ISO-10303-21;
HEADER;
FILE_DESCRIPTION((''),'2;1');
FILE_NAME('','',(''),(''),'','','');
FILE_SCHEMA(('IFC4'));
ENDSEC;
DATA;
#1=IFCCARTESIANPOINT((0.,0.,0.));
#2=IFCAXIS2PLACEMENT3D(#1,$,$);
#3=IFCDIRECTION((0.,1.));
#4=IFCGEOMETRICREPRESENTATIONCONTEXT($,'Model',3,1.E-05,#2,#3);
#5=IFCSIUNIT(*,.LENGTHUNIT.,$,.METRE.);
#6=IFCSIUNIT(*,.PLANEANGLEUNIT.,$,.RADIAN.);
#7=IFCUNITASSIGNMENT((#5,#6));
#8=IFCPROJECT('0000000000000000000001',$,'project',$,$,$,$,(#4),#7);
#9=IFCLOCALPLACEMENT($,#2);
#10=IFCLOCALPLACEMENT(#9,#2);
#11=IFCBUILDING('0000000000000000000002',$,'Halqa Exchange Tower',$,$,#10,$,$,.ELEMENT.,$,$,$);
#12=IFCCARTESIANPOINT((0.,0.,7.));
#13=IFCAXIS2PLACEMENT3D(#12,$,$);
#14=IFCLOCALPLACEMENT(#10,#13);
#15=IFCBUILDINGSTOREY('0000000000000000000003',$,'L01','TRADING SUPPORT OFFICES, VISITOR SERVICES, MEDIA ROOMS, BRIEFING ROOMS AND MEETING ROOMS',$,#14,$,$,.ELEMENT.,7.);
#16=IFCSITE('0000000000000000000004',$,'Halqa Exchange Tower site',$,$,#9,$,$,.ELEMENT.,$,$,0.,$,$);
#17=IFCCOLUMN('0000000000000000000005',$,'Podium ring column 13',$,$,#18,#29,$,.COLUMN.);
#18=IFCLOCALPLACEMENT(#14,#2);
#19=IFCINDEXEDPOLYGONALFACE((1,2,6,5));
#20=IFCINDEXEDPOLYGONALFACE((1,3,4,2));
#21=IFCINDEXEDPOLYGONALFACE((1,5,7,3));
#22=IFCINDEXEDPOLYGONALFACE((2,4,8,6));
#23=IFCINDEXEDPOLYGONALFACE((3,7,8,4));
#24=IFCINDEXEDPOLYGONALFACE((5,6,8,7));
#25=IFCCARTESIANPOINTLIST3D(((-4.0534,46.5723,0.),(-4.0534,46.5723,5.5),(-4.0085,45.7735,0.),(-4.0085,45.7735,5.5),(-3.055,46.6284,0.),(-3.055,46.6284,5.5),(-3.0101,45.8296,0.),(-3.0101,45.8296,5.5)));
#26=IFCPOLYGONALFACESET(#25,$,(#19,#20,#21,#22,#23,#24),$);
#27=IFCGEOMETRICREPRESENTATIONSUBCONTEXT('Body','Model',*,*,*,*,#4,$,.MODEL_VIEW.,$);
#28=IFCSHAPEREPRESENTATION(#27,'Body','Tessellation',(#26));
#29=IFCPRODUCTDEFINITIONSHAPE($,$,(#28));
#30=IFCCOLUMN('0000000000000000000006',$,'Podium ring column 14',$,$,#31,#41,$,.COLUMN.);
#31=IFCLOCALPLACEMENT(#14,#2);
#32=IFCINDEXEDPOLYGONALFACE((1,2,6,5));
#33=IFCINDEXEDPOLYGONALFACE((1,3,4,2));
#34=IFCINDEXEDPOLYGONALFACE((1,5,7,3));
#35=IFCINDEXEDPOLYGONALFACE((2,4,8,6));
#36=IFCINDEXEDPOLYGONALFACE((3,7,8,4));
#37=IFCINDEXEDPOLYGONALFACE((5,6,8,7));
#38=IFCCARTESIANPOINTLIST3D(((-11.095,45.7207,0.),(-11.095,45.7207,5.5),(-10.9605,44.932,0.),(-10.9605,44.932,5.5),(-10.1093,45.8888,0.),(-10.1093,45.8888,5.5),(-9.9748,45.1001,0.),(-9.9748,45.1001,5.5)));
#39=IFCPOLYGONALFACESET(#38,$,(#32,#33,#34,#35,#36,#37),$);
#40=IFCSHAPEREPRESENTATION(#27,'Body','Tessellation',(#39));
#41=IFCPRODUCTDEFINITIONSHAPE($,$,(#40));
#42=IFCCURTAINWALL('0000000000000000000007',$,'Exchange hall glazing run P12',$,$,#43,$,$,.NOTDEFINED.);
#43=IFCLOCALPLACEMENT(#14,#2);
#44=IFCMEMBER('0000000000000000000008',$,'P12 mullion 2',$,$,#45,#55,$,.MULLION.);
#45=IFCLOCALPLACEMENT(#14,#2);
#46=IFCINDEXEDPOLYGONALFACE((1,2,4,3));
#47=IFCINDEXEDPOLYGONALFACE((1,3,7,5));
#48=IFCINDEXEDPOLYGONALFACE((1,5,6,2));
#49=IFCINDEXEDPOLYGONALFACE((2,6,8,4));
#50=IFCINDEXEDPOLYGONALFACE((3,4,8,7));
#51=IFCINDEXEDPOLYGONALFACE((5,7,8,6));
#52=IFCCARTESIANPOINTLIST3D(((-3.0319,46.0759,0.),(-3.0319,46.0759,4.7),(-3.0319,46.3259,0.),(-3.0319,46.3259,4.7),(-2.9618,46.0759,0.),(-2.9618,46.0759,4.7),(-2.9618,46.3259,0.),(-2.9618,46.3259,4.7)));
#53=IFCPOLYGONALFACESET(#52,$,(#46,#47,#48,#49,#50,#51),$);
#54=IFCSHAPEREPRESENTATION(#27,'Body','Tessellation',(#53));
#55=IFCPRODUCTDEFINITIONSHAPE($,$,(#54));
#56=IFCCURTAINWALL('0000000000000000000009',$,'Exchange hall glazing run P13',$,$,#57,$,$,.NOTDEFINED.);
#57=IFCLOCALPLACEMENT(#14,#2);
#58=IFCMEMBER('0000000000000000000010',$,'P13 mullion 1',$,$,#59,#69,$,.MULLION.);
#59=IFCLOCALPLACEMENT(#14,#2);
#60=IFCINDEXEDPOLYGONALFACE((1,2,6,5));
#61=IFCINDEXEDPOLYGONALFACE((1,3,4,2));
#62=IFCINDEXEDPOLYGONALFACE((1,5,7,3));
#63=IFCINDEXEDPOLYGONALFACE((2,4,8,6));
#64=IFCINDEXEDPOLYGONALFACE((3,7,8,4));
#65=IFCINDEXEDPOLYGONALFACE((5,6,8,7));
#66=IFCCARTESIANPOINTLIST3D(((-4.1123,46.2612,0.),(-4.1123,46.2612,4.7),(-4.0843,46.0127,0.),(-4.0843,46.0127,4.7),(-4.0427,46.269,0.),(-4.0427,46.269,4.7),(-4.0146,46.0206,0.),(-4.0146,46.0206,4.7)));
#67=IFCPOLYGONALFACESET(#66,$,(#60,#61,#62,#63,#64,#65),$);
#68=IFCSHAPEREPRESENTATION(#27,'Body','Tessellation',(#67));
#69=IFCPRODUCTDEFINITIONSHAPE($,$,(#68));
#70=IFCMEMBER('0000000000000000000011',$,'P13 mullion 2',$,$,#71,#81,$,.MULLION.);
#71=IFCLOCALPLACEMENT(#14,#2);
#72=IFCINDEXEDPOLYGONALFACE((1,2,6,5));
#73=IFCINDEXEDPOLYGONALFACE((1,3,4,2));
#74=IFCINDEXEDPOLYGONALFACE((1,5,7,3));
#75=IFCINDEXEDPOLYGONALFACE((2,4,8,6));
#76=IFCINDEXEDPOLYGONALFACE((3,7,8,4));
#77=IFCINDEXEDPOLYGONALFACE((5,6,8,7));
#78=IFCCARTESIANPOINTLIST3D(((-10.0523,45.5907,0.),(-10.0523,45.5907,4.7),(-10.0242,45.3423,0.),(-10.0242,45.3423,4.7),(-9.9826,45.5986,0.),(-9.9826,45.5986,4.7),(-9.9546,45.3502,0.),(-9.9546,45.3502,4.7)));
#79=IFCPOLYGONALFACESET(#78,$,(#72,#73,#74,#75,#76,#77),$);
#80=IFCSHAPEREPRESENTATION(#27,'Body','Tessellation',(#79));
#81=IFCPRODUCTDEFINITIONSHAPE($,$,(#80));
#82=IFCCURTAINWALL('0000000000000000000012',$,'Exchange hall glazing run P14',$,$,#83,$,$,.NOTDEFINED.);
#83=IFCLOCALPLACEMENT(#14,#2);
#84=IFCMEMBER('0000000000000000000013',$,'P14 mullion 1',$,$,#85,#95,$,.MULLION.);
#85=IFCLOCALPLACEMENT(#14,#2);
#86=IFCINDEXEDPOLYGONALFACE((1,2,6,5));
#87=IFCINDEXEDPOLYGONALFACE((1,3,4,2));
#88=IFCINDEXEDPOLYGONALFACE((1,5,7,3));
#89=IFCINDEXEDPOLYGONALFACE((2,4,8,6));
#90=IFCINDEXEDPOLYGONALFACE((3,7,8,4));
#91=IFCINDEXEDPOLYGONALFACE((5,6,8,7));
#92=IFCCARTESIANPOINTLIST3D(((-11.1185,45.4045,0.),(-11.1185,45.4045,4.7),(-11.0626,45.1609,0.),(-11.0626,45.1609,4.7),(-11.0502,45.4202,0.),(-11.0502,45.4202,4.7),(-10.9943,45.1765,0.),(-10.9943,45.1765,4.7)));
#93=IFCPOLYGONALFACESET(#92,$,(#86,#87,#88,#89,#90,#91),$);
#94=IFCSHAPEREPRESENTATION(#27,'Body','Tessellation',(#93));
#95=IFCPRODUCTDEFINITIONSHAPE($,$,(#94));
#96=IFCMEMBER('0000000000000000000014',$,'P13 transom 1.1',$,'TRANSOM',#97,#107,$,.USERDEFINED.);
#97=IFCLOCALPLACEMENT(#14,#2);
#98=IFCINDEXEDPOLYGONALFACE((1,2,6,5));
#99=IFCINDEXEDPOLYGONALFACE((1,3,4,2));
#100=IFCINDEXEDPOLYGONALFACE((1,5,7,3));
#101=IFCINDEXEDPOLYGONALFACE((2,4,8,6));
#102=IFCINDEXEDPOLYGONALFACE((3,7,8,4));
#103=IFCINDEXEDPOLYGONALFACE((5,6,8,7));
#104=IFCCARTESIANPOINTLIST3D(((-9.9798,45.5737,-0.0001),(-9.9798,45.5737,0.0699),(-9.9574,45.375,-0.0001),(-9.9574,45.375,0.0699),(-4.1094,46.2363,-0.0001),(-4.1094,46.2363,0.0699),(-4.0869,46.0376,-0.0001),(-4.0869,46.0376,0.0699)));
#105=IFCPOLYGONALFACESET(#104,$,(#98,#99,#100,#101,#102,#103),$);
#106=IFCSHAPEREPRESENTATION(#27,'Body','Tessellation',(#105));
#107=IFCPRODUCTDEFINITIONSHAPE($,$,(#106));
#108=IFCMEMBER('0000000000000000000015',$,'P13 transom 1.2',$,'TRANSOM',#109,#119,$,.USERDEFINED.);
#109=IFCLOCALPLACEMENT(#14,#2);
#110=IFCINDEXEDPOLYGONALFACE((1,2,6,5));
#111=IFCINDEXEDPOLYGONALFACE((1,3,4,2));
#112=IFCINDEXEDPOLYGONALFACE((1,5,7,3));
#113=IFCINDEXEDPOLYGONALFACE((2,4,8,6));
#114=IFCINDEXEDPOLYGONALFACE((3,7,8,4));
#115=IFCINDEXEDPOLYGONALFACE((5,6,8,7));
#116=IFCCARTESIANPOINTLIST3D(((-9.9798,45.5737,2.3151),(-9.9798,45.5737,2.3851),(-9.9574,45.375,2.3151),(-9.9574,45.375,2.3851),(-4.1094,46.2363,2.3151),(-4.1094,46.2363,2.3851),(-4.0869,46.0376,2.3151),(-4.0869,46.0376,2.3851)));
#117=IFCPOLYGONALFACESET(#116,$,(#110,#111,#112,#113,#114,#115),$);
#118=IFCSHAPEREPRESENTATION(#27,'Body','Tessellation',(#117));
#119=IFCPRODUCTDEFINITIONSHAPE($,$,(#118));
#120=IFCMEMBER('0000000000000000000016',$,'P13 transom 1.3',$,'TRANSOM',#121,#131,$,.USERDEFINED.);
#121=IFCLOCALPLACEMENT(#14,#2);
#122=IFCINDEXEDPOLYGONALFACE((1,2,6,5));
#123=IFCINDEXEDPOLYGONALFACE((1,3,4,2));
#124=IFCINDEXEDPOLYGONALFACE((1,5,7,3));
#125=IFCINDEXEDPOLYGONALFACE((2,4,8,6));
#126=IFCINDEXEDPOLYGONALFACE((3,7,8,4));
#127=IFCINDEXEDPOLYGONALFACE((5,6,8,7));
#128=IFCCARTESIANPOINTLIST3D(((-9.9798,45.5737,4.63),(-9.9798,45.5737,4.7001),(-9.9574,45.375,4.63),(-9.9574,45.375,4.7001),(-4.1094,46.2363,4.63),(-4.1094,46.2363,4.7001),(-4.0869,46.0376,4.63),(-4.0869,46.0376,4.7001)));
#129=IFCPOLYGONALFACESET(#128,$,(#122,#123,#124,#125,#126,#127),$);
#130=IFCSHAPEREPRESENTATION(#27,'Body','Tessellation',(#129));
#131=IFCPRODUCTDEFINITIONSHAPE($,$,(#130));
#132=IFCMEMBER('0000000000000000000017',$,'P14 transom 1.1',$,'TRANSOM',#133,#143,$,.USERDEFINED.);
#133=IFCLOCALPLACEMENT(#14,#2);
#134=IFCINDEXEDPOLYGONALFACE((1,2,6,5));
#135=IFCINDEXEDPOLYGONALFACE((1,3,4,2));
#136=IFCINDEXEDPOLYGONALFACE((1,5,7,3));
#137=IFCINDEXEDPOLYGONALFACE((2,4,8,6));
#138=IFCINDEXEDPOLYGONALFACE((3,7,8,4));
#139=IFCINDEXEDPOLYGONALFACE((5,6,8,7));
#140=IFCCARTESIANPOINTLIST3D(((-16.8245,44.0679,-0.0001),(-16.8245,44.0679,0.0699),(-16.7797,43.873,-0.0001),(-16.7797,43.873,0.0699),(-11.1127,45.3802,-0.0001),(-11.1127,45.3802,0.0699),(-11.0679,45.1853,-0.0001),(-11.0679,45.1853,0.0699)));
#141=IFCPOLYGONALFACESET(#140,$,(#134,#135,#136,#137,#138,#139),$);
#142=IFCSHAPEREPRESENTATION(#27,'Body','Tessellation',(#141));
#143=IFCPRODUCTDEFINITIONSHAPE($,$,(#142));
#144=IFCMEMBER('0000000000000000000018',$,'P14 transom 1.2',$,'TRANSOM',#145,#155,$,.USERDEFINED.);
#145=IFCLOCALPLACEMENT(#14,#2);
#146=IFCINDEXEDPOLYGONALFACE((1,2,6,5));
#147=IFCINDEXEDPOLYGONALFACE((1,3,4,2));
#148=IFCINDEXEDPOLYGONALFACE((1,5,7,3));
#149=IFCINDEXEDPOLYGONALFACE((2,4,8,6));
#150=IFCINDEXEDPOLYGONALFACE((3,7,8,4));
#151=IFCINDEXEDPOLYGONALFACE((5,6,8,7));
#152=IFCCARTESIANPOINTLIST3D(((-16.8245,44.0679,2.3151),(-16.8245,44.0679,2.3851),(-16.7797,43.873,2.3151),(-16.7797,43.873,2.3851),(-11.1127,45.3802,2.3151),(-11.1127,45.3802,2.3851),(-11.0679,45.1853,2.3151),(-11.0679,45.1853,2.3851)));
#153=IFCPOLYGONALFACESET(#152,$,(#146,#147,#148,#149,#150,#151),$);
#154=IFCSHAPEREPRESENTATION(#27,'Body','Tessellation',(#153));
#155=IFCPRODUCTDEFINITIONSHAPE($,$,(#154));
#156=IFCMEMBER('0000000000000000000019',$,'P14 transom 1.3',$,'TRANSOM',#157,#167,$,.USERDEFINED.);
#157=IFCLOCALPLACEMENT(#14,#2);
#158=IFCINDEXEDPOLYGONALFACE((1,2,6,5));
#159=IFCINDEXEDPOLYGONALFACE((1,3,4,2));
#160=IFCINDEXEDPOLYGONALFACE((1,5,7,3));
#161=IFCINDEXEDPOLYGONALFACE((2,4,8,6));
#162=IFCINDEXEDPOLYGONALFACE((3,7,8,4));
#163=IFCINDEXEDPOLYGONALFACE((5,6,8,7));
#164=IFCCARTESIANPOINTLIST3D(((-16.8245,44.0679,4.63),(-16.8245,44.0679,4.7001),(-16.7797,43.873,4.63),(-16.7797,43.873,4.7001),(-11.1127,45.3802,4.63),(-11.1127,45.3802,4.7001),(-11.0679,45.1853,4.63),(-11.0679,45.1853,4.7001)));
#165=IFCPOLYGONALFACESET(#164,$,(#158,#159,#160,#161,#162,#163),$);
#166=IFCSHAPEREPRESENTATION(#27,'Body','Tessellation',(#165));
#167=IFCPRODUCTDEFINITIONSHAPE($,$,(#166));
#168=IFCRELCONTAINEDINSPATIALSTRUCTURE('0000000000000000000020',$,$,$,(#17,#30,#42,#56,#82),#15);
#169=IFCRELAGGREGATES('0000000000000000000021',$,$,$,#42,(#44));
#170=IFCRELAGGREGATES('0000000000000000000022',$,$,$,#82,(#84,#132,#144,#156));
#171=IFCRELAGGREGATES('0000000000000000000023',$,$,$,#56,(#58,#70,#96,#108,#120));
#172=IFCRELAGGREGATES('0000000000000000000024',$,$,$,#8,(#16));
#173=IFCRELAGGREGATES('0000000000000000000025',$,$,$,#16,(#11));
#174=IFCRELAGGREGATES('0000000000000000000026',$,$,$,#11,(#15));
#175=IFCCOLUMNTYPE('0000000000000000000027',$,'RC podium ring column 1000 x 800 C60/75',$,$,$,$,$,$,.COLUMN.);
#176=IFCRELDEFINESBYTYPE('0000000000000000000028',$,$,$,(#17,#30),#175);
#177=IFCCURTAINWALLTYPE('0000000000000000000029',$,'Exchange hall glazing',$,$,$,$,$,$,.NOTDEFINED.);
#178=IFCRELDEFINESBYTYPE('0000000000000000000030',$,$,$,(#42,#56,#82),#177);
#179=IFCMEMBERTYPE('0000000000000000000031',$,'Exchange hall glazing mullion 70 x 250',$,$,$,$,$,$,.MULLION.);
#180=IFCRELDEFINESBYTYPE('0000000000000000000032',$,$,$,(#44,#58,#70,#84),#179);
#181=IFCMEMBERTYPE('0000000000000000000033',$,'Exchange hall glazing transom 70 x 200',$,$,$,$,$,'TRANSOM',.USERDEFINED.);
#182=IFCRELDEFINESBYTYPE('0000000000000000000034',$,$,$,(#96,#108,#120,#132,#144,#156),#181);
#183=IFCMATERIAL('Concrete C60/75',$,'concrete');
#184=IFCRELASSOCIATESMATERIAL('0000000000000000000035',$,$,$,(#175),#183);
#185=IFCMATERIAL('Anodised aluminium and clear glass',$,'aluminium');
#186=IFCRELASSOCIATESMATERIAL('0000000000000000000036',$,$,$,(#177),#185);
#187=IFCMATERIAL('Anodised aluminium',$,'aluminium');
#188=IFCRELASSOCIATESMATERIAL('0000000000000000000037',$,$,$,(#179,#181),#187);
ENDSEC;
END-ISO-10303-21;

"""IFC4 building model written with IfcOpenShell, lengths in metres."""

from ifc_helpers import new_model, si_unit, direction, frame, origin, origin_2d, place, context, subcontext, project, spatial, rectangle, extrude, material, material_profile, profile_set, type_object, element, aggregate, save


model = new_model("IFC4")

# Units and contexts
model_context = context("Model", 3, precision=1e-05, world=origin(), true_north=direction((0.0, 1.0)))
body_context = subcontext(model_context, "Body", "Model", "MODEL_VIEW")
ifc_project = project(units=[si_unit("LENGTHUNIT", "METRE"), si_unit("PLANEANGLEUNIT", "RADIAN")], contexts=[model_context])

# Site, building, storey
site_placement = place(None, origin())
site = spatial("IfcSite", under=ifc_project, at=site_placement, Name="Halqa Exchange Tower site", CompositionType="ELEMENT", RefElevation=0.0)
building_placement = place(site_placement, origin())
building = spatial("IfcBuilding", under=site, at=building_placement, Name="Halqa Exchange Tower", CompositionType="ELEMENT")
storey_placement = place(building_placement, frame((0.0, 0.0, 7.0)))
storey = spatial("IfcBuildingStorey", under=building, at=storey_placement, Name="L01", Description="TRADING SUPPORT OFFICES, VISITOR SERVICES, MEDIA ROOMS, BRIEFING ROOMS AND MEETING ROOMS", CompositionType="ELEMENT", Elevation=7.0)

# Columns
ifc_material_1 = material(Name="Concrete C60/75", Category="concrete")
ifc_material_profile_1 = material_profile(ifc_material_1, rectangle(XDim=1.0, YDim=0.8, at=origin_2d()), Name="1000 x 800")
ifc_profile_set_1 = profile_set([ifc_material_profile_1], Name="Concrete C60/75")
column_type = type_object("IfcColumnType", Name="RC podium ring column 1000 x 800 C60/75", PredefinedType="COLUMN", material=ifc_profile_set_1)
for number, where, z_axis, x_axis, name in (
    (1, (-3.5317, 46.2009, 0.0), (0.0, 0.0, 1.0), (-0.998425, -0.056107, 0.0), "Podium ring column 13"),
    (2, (-10.5349, 45.4104, 0.0), (0.0, 0.0, 1.0), (-0.985766, -0.168121, 0.0), "Podium ring column 14"),
):
    element("IfcColumn", number, at=place(storey_placement, frame(where, z_axis=z_axis, x_axis=x_axis)), inside=storey, type_object=column_type, Name=name, PredefinedType="COLUMN", context=body_context, shape_type="SweptSolid", body=[
        extrude(rectangle(XDim=1.0, YDim=0.8, at=origin_2d()), origin(), (0.0, 0.0, 1.0), 5.5),
    ])

# Curtain wall, member
ifc_material_2 = material(Name="Anodised aluminium and clear glass", Category="aluminium")
curtain_wall_type = type_object("IfcCurtainWallType", Name="Exchange hall glazing", PredefinedType="NOTDEFINED", material=ifc_material_2)
curtain_wall_1_placement = place(storey_placement, origin())
curtain_wall_1 = element("IfcCurtainWall", 3, at=curtain_wall_1_placement, inside=storey, type_object=curtain_wall_type, Name="Exchange hall glazing run P12", PredefinedType="NOTDEFINED")
ifc_material_3 = material(Name="Anodised aluminium", Category="aluminium")
ifc_material_profile_2 = material_profile(ifc_material_3, rectangle(XDim=0.25, YDim=0.0701, at=origin_2d()), Name="AL 70x250")
ifc_profile_set_2 = profile_set([ifc_material_profile_2], Name="Anodised aluminium")
member_type_1 = type_object("IfcMemberType", Name="Exchange hall glazing mullion 70 x 250", PredefinedType="MULLION", material=ifc_profile_set_2)
member_1_placement = place(storey_placement, frame((-2.9968, 46.2009, 0.0), z_axis=(0.0, 0.0, 1.0), x_axis=(0.0, -1.0, 0.0)))
member_1 = element("IfcMember", 4, at=member_1_placement, type_object=member_type_1, Name="P12 mullion 2", PredefinedType="MULLION", context=body_context, shape_type="SweptSolid", body=[
    extrude(rectangle(XDim=0.25, YDim=0.0701, at=origin_2d()), origin(), (0.0, 0.0, 1.0), 4.7),
])
aggregate(curtain_wall_1, [member_1])

# Curtain wall, members
curtain_wall_2_placement = place(storey_placement, origin())
curtain_wall_2 = element("IfcCurtainWall", 5, at=curtain_wall_2_placement, inside=storey, type_object=curtain_wall_type, Name="Exchange hall glazing run P13", PredefinedType="NOTDEFINED")
member_2_placement = place(storey_placement, frame((-4.0635, 46.1409, 0.0), z_axis=(0.0, 0.0, 1.0), x_axis=(0.112159, -0.99369, 0.0)))
member_2 = element("IfcMember", 6, at=member_2_placement, type_object=member_type_1, Name="P13 mullion 1", PredefinedType="MULLION", context=body_context, shape_type="SweptSolid", body=[
    extrude(rectangle(XDim=0.25, YDim=0.0701, at=origin_2d()), origin(), (0.0, 0.0, 1.0), 4.7),
])
member_3_placement = place(storey_placement, frame((-10.0034, 45.4705, 0.0), z_axis=(0.0, 0.0, 1.0), x_axis=(0.112159, -0.99369, 0.0)))
member_3 = element("IfcMember", 7, at=member_3_placement, type_object=member_type_1, Name="P13 mullion 2", PredefinedType="MULLION", context=body_context, shape_type="SweptSolid", body=[
    extrude(rectangle(XDim=0.25, YDim=0.0701, at=origin_2d()), origin(), (0.0, 0.0, 1.0), 4.7),
])

# Curtain wall, member
curtain_wall_3_placement = place(storey_placement, origin())
curtain_wall_3 = element("IfcCurtainWall", 8, at=curtain_wall_3_placement, inside=storey, type_object=curtain_wall_type, Name="Exchange hall glazing run P14", PredefinedType="NOTDEFINED")
member_4_placement = place(storey_placement, frame((-11.0564, 45.2905, 0.0), z_axis=(0.0, 0.0, 1.0), x_axis=(0.223897, -0.974613, 0.0)))
member_4 = element("IfcMember", 9, at=member_4_placement, type_object=member_type_1, Name="P14 mullion 1", PredefinedType="MULLION", context=body_context, shape_type="SweptSolid", body=[
    extrude(rectangle(XDim=0.25, YDim=0.0701, at=origin_2d()), origin(), (0.0, 0.0, 1.0), 4.7),
])

# Members
ifc_material_profile_3 = material_profile(ifc_material_3, rectangle(XDim=0.2, YDim=0.0701, at=origin_2d()), Name="AL 70x200")
ifc_profile_set_3 = profile_set([ifc_material_profile_3], Name="Anodised aluminium")
member_type_2 = type_object("IfcMemberType", Name="Exchange hall glazing transom 70 x 200", ElementType="TRANSOM", PredefinedType="USERDEFINED", material=ifc_profile_set_3)
member_5_placement = place(storey_placement, frame((-4.0981, 46.137, 0.0349), z_axis=(-0.99369, -0.11216, 0.0), x_axis=(0.11216, -0.99369, 0.0)))
member_5 = element("IfcMember", 10, at=member_5_placement, type_object=member_type_2, Name="P13 transom 1.1", ObjectType="TRANSOM", PredefinedType="USERDEFINED", context=body_context, shape_type="SweptSolid", body=[
    extrude(rectangle(XDim=0.2, YDim=0.0701, at=origin_2d()), origin(), (0.0, 0.0, 1.0), 5.9077),
])
member_6_placement = place(storey_placement, frame((-4.0981, 46.137, 2.3501), z_axis=(-0.99369, -0.11216, 0.0), x_axis=(0.11216, -0.99369, 0.0)))
member_6 = element("IfcMember", 11, at=member_6_placement, type_object=member_type_2, Name="P13 transom 1.2", ObjectType="TRANSOM", PredefinedType="USERDEFINED", context=body_context, shape_type="SweptSolid", body=[
    extrude(rectangle(XDim=0.2, YDim=0.0701, at=origin_2d()), origin(), (0.0, 0.0, 1.0), 5.9077),
])
member_7_placement = place(storey_placement, frame((-4.0981, 46.137, 4.665), z_axis=(-0.99369, -0.11216, 0.0), x_axis=(0.11216, -0.99369, 0.0)))
member_7 = element("IfcMember", 12, at=member_7_placement, type_object=member_type_2, Name="P13 transom 1.3", ObjectType="TRANSOM", PredefinedType="USERDEFINED", context=body_context, shape_type="SweptSolid", body=[
    extrude(rectangle(XDim=0.2, YDim=0.0701, at=origin_2d()), origin(), (0.0, 0.0, 1.0), 5.9077),
])
member_8_placement = place(storey_placement, frame((-11.0903, 45.2827, 0.0349), z_axis=(-0.97461, -0.223907, 0.0), x_axis=(0.223907, -0.97461, 0.0)))
member_8 = element("IfcMember", 13, at=member_8_placement, type_object=member_type_2, Name="P14 transom 1.1", ObjectType="TRANSOM", PredefinedType="USERDEFINED", context=body_context, shape_type="SweptSolid", body=[
    extrude(rectangle(XDim=0.2, YDim=0.0701, at=origin_2d()), origin(), (0.0, 0.0, 1.0), 5.8606),
])
member_9_placement = place(storey_placement, frame((-11.0903, 45.2827, 2.3501), z_axis=(-0.97461, -0.223907, 0.0), x_axis=(0.223907, -0.97461, 0.0)))
member_9 = element("IfcMember", 14, at=member_9_placement, type_object=member_type_2, Name="P14 transom 1.2", ObjectType="TRANSOM", PredefinedType="USERDEFINED", context=body_context, shape_type="SweptSolid", body=[
    extrude(rectangle(XDim=0.2, YDim=0.0701, at=origin_2d()), origin(), (0.0, 0.0, 1.0), 5.8606),
])
member_10_placement = place(storey_placement, frame((-11.0903, 45.2827, 4.665), z_axis=(-0.97461, -0.223907, 0.0), x_axis=(0.223907, -0.97461, 0.0)))
member_10 = element("IfcMember", 15, at=member_10_placement, type_object=member_type_2, Name="P14 transom 1.3", ObjectType="TRANSOM", PredefinedType="USERDEFINED", context=body_context, shape_type="SweptSolid", body=[
    extrude(rectangle(XDim=0.2, YDim=0.0701, at=origin_2d()), origin(), (0.0, 0.0, 1.0), 5.8606),
])
aggregate(curtain_wall_3, [member_4, member_8, member_9, member_10])

aggregate(curtain_wall_2, [member_2, member_3, member_5, member_6, member_7])

save(model, "model.ifc")
